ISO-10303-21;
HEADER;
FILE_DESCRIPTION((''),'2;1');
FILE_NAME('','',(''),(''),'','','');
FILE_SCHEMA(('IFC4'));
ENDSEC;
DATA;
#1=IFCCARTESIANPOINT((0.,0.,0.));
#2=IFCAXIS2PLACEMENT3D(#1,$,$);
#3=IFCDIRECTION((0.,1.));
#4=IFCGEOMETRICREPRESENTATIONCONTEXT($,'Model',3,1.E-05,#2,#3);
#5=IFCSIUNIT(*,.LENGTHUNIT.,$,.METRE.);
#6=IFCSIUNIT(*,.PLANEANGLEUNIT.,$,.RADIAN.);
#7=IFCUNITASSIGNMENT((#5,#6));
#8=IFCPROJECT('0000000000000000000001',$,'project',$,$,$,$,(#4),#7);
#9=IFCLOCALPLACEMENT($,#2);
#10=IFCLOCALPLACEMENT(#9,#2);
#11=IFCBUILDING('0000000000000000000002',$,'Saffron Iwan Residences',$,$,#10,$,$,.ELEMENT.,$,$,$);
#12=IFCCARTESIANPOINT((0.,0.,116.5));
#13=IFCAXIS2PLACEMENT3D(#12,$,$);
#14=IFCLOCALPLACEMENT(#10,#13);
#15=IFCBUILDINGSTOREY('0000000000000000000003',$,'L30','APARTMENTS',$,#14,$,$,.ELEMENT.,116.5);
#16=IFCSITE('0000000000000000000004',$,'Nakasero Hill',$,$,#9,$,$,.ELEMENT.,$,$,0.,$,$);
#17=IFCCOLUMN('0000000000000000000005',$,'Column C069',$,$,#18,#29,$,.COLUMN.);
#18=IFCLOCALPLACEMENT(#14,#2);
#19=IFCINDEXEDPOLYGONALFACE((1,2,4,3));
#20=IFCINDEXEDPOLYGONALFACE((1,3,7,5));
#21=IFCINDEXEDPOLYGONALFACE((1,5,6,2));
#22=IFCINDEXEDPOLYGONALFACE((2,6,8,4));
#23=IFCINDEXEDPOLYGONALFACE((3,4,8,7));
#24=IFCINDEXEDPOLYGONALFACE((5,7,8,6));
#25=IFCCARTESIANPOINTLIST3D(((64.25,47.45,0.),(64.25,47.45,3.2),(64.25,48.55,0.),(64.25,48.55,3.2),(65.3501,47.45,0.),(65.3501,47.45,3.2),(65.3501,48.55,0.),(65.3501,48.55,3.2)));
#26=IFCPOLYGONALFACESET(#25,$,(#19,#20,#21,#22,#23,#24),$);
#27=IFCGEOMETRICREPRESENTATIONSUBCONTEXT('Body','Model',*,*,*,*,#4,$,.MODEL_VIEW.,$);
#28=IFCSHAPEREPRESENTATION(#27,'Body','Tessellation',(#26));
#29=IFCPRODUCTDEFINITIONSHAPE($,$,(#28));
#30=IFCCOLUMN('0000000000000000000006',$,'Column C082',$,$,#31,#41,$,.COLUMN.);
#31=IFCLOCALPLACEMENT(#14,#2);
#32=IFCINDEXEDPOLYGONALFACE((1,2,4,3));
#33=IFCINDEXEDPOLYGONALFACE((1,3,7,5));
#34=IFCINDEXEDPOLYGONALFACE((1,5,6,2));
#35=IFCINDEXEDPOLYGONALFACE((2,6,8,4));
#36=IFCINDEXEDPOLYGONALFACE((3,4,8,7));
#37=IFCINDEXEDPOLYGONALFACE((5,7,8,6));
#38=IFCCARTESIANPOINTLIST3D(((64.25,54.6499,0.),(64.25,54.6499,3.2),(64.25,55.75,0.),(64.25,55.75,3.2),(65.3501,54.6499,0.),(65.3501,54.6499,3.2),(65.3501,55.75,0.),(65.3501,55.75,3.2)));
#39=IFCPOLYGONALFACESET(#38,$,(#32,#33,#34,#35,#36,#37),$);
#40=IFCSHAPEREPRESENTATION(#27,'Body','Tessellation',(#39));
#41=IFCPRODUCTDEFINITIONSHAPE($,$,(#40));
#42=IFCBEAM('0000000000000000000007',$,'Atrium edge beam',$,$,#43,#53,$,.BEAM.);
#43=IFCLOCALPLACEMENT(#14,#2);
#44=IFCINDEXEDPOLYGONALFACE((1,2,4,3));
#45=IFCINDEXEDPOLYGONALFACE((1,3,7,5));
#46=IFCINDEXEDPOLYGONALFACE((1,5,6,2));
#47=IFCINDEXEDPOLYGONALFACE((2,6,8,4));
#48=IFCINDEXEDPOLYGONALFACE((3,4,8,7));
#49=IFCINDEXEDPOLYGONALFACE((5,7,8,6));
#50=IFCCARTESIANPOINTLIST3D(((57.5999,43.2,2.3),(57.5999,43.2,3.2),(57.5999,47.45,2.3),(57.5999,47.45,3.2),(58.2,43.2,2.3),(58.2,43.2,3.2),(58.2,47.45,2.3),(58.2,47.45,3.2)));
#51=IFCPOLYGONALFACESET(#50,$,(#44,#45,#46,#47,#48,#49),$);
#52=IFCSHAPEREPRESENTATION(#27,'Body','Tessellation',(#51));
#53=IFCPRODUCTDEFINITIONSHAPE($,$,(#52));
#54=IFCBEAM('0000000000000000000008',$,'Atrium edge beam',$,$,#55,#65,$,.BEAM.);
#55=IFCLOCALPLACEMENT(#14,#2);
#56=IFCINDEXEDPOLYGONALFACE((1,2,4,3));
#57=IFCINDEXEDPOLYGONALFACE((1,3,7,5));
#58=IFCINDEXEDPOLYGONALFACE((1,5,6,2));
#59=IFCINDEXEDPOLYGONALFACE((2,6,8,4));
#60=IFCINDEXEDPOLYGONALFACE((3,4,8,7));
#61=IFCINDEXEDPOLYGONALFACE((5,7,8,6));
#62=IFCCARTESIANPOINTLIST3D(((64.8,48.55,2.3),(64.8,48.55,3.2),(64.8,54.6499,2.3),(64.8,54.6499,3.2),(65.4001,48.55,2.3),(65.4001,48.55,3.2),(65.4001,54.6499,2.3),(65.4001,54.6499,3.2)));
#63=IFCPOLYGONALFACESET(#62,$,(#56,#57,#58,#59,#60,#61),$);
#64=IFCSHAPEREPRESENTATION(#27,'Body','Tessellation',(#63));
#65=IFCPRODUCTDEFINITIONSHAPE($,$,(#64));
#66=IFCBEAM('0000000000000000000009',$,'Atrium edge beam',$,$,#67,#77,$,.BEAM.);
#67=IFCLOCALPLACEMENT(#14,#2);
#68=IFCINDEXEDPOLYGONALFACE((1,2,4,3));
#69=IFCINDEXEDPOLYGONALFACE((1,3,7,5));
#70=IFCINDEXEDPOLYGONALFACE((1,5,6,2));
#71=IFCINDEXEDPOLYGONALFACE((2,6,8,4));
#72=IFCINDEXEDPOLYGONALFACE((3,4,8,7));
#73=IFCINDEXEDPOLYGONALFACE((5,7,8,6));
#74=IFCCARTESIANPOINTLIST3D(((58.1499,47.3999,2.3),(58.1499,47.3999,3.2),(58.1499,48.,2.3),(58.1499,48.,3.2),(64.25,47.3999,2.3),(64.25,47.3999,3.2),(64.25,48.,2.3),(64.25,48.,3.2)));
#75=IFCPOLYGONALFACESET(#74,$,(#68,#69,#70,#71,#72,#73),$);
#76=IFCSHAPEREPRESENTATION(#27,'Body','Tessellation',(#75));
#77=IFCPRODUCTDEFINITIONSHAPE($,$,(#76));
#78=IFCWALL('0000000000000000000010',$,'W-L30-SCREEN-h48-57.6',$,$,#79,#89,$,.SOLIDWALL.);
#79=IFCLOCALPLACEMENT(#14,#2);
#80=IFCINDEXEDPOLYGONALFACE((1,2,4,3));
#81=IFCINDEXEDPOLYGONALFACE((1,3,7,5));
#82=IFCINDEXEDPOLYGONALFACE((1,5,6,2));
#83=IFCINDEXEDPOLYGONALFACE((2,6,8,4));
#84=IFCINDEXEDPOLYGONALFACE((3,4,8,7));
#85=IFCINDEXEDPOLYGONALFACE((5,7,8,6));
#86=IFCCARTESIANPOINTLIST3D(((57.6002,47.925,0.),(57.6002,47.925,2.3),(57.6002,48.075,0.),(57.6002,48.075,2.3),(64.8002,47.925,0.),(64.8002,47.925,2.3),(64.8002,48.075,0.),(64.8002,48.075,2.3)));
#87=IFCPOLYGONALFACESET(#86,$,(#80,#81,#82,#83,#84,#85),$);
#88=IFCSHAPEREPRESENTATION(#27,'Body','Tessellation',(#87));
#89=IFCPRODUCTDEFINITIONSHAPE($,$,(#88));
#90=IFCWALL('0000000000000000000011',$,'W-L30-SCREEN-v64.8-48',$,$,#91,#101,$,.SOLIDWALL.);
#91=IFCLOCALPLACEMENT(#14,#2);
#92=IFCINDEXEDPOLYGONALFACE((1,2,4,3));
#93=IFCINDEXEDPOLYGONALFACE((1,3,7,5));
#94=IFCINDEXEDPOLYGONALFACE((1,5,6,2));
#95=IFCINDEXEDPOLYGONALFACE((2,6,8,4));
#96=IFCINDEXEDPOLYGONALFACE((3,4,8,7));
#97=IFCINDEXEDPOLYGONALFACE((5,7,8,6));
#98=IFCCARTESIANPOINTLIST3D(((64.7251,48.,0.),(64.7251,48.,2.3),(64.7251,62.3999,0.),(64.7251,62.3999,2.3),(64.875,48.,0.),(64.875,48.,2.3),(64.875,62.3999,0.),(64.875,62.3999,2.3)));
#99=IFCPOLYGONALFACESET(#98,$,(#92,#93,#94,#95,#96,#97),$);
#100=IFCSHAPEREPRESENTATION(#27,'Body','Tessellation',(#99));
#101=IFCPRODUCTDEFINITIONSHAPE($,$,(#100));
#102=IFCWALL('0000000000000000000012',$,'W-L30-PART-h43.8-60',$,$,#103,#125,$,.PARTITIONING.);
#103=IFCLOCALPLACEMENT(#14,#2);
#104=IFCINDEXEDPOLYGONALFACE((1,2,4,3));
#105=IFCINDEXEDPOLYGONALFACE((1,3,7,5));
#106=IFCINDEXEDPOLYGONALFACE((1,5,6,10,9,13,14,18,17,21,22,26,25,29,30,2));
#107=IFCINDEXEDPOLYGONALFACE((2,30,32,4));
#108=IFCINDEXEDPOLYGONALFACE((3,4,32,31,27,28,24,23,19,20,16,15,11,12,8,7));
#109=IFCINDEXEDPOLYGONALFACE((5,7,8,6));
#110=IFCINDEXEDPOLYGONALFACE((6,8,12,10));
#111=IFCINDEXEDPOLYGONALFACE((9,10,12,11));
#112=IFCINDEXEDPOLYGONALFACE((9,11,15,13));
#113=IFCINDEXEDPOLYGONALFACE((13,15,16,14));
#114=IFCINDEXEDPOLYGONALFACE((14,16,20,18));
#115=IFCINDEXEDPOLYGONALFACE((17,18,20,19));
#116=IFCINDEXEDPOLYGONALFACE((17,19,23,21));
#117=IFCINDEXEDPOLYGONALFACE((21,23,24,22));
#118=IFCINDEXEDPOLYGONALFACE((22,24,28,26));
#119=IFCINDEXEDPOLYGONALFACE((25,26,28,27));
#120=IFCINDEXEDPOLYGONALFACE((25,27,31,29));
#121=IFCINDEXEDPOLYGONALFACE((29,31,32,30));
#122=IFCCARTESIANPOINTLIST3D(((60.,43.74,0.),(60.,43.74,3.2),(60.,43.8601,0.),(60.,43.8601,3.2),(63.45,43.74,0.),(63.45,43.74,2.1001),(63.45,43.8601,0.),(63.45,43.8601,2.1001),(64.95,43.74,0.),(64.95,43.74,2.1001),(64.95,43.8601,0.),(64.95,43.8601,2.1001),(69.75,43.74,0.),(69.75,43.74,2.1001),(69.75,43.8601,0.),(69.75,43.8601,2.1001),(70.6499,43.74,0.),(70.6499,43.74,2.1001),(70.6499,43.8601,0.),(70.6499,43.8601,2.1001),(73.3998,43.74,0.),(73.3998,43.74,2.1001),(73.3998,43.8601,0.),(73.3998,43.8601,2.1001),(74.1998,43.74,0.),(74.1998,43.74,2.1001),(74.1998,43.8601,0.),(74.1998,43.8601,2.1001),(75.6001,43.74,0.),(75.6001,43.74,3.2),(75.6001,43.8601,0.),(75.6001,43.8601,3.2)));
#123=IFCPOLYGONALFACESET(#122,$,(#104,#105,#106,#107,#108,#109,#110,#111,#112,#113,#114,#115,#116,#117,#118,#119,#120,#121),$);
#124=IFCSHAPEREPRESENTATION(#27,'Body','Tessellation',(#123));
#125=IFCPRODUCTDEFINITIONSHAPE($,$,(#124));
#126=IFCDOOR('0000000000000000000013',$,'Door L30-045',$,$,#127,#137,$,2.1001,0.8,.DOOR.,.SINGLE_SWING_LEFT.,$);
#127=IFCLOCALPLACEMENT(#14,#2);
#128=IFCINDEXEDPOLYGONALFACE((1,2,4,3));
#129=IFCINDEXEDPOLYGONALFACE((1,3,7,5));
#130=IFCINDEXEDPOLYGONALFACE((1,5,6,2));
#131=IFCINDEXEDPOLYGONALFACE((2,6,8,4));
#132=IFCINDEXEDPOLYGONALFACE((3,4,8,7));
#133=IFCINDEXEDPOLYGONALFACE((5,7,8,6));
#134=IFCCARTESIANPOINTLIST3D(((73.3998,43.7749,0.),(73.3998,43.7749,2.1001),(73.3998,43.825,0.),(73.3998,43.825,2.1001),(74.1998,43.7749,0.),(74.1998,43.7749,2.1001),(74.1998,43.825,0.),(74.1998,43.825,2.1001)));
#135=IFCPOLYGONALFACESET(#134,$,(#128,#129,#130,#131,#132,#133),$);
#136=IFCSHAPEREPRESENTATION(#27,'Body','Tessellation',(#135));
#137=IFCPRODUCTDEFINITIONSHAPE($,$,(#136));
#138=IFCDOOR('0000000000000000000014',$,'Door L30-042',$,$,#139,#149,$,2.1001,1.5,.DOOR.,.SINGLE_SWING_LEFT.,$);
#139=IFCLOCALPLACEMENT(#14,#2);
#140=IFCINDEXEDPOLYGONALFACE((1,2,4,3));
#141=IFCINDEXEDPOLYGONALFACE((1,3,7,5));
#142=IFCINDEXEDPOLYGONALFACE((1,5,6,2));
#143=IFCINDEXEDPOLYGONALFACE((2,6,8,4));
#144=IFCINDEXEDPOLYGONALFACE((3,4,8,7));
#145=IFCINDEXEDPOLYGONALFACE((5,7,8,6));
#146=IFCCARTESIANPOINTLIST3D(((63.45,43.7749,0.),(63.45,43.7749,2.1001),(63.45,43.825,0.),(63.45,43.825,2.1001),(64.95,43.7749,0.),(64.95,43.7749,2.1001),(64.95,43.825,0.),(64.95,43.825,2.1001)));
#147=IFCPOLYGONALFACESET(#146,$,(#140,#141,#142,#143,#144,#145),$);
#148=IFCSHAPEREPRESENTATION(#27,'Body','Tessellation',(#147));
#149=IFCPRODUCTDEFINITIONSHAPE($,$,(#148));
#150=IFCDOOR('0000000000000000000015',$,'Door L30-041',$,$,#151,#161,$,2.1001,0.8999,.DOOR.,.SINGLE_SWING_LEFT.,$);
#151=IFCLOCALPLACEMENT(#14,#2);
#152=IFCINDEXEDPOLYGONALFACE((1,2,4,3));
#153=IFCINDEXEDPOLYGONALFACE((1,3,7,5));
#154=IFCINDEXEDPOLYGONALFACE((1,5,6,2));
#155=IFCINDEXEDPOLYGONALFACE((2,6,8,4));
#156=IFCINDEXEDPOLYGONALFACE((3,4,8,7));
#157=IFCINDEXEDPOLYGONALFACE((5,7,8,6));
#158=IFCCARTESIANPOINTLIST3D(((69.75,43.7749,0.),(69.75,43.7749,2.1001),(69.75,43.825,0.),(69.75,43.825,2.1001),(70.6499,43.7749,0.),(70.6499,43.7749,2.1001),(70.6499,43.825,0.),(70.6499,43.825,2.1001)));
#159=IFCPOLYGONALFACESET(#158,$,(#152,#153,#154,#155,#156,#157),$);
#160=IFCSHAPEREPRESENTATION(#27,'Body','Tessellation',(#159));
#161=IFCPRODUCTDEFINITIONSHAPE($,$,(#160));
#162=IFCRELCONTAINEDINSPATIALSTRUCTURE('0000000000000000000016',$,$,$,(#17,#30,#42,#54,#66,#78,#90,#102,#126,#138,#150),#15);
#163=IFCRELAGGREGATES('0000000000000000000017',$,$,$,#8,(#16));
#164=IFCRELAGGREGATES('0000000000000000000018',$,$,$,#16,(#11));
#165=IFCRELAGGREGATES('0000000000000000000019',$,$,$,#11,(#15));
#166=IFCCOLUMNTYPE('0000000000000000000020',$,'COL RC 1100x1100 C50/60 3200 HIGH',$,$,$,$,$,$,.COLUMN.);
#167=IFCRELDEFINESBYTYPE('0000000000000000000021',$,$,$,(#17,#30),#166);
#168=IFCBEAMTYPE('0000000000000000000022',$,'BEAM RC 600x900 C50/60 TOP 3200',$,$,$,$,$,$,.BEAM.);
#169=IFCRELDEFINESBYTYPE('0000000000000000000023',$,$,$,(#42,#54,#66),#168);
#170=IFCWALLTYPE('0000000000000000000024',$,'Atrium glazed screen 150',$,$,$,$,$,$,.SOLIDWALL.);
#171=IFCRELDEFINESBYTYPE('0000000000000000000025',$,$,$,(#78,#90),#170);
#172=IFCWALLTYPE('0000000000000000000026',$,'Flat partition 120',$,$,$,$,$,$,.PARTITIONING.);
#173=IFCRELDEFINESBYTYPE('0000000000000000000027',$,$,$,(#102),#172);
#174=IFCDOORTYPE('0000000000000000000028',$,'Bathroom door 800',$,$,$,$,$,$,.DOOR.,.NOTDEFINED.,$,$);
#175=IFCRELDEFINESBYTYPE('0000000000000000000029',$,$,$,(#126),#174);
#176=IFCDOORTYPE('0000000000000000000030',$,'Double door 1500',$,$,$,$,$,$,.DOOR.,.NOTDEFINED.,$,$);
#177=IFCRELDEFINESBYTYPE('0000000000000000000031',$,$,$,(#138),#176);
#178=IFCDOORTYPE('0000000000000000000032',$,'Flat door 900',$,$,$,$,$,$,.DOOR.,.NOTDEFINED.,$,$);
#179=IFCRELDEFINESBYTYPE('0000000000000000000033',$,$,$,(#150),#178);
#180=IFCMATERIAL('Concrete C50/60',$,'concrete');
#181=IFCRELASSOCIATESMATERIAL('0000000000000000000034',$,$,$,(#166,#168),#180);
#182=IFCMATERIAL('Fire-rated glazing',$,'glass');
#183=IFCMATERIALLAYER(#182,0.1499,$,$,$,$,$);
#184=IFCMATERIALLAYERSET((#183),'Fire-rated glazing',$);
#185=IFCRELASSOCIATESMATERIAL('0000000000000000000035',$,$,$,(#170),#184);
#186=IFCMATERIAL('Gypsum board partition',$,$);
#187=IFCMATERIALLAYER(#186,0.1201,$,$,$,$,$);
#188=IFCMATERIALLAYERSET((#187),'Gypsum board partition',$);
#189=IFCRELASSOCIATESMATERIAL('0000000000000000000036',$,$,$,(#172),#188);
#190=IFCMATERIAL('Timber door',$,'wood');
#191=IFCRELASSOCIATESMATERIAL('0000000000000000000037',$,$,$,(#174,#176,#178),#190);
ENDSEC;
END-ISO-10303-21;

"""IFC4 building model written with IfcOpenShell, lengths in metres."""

from ifc_helpers import new_model, si_unit, direction, frame, frame_2d, origin, origin_2d, place, context, subcontext, project, spatial, rectangle, extrude, source, transform, mapped, material, layer, layer_set, material_profile, profile_set, type_object, element, fill, save


model = new_model("IFC4")

# Units and contexts
model_context = context("Model", 3, precision=1e-05, world=origin(), true_north=direction((0.0, 1.0)))
body_context = subcontext(model_context, "Body", "Model", "MODEL_VIEW")
ifc_project = project(units=[si_unit("LENGTHUNIT", "METRE"), si_unit("PLANEANGLEUNIT", "RADIAN")], contexts=[model_context])

# Site, building, storey
site_placement = place(None, origin())
site = spatial("IfcSite", under=ifc_project, at=site_placement, Name="Nakasero Hill", CompositionType="ELEMENT", RefElevation=0.0)
building_placement = place(site_placement, origin())
building = spatial("IfcBuilding", under=site, at=building_placement, Name="Saffron Iwan Residences", CompositionType="ELEMENT")
storey_placement = place(building_placement, frame((0.0, 0.0, 116.5)))
storey = spatial("IfcBuildingStorey", under=building, at=storey_placement, Name="L30", Description="APARTMENTS", CompositionType="ELEMENT", Elevation=116.5)

# Columns
ifc_material_1 = material(Name="Concrete C50/60", Category="concrete")
ifc_material_profile_1 = material_profile(ifc_material_1, rectangle(XDim=1.1001, YDim=1.1001, at=origin_2d()), Name="RC 1100x1100")
ifc_profile_set_1 = profile_set([ifc_material_profile_1], Name="Concrete C50/60")
column_type = type_object("IfcColumnType", Name="COL RC 1100x1100 C50/60 3200 HIGH", PredefinedType="COLUMN", material=ifc_profile_set_1)
shared_shape_1 = source(origin(), body_context, "Body", "SweptSolid", [
    extrude(rectangle(XDim=1.1001, YDim=1.1001, at=origin_2d()), origin(), (0.0, 0.0, 1.0), 3.2),
])
for number, where, z_axis, x_axis, name in (
    (1, (64.8, 48.0, 0.0), (0.0, 0.0, 1.0), (1.0, 0.0, 0.0), "Column C069"),
    (2, (64.8, 55.2, 0.0), (0.0, 0.0, 1.0), (1.0, 0.0, 0.0), "Column C082"),
):
    element("IfcColumn", number, at=place(storey_placement, frame(where, z_axis=z_axis, x_axis=x_axis)), inside=storey, type_object=column_type, Name=name, PredefinedType="COLUMN", context=body_context, shape_type="MappedRepresentation", body=[
        mapped(shared_shape_1, transform((0.0, 0.0, 0.0))),
    ])

# Beams
ifc_material_profile_2 = material_profile(ifc_material_1, rectangle(XDim=0.6001, YDim=0.8999, at=origin_2d()), Name="RC 600x900")
ifc_profile_set_2 = profile_set([ifc_material_profile_2], Name="Concrete C50/60")
beam_type = type_object("IfcBeamType", Name="BEAM RC 600x900 C50/60 TOP 3200", PredefinedType="BEAM", material=ifc_profile_set_2)
shared_shape_2 = source(origin(), body_context, "Body", "SweptSolid", [
    extrude(rectangle(XDim=0.6001, YDim=0.8999, at=origin_2d()), origin(), (0.0, 0.0, 1.0), 4.25),
])
beam_1_placement = place(storey_placement, frame((57.8999, 47.45, 2.75), z_axis=(0.0, -1.0, 0.0), x_axis=(1.0, 0.0, 0.0)))
element("IfcBeam", 3, at=beam_1_placement, inside=storey, type_object=beam_type, Name="Atrium edge beam", PredefinedType="BEAM", context=body_context, shape_type="MappedRepresentation", body=[
    mapped(shared_shape_2, transform((0.0, 0.0, 0.0))),
])
shared_shape_3 = source(origin(), body_context, "Body", "SweptSolid", [
    extrude(rectangle(XDim=0.6001, YDim=0.8999, at=origin_2d()), origin(), (0.0, 0.0, 1.0), 6.0999),
])
beam_2_placement = place(storey_placement, frame((65.1001, 54.6499, 2.75), z_axis=(0.0, -1.0, 0.0), x_axis=(1.0, 0.0, 0.0)))
element("IfcBeam", 4, at=beam_2_placement, inside=storey, type_object=beam_type, Name="Atrium edge beam", PredefinedType="BEAM", context=body_context, shape_type="MappedRepresentation", body=[
    mapped(shared_shape_3, transform((0.0, 0.0, 0.0))),
])
shared_shape_4 = source(origin(), body_context, "Body", "SweptSolid", [
    extrude(rectangle(XDim=0.6001, YDim=0.8999, at=origin_2d()), origin(), (0.0, 0.0, 1.0), 6.1001),
])
beam_3_placement = place(storey_placement, frame((64.25, 47.7, 2.75), z_axis=(-1.0, 0.0, 0.0), x_axis=(0.0, -1.0, 0.0)))
element("IfcBeam", 5, at=beam_3_placement, inside=storey, type_object=beam_type, Name="Atrium edge beam", PredefinedType="BEAM", context=body_context, shape_type="MappedRepresentation", body=[
    mapped(shared_shape_4, transform((0.0, 0.0, 0.0))),
])

# Walls
ifc_material_2 = material(Name="Fire-rated glazing", Category="glass")
ifc_layer_1 = layer(ifc_material_2, 0.1499)
ifc_layer_set_1 = layer_set([ifc_layer_1], Name="Fire-rated glazing")
wall_type_1 = type_object("IfcWallType", Name="Atrium glazed screen 150", PredefinedType="SOLIDWALL", material=ifc_layer_set_1)
wall_1_placement = place(storey_placement, frame((57.6001, 48.0, 0.0), z_axis=(0.0, 0.0, 1.0), x_axis=(1.0, 0.0, 0.0)))
element("IfcWall", 6, at=wall_1_placement, inside=storey, type_object=wall_type_1, Name="W-L30-SCREEN-h48-57.6", PredefinedType="SOLIDWALL", context=body_context, shape_type="SweptSolid", body=[
    extrude(rectangle(XDim=7.2, YDim=0.1499, at=frame_2d((3.6001, 0.0))), origin(), (0.0, 0.0, 1.0), 2.3),
])
wall_2_placement = place(storey_placement, frame((64.8, 48.0, 0.0), z_axis=(0.0, 0.0, 1.0), x_axis=(0.0, 1.0, 0.0)))
element("IfcWall", 7, at=wall_2_placement, inside=storey, type_object=wall_type_1, Name="W-L30-SCREEN-v64.8-48", PredefinedType="SOLIDWALL", context=body_context, shape_type="SweptSolid", body=[
    extrude(rectangle(XDim=14.3999, YDim=0.1499, at=frame_2d((7.2, 0.0))), origin(), (0.0, 0.0, 1.0), 2.3),
])

# Wall, openings, doors
ifc_material_3 = material(Name="Gypsum board partition")
ifc_layer_2 = layer(ifc_material_3, 0.1201)
ifc_layer_set_2 = layer_set([ifc_layer_2], Name="Gypsum board partition")
wall_type_2 = type_object("IfcWallType", Name="Flat partition 120", PredefinedType="PARTITIONING", material=ifc_layer_set_2)
wall_3_placement = place(storey_placement, frame((60.0, 43.8, 0.0), z_axis=(0.0, 0.0, 1.0), x_axis=(1.0, 0.0, 0.0)))
wall_3 = element("IfcWall", 8, at=wall_3_placement, inside=storey, type_object=wall_type_2, Name="W-L30-PART-h43.8-60", PredefinedType="PARTITIONING", context=body_context, shape_type="SweptSolid", body=[
    extrude(rectangle(XDim=15.6001, YDim=0.1201, at=frame_2d((7.8, 0.0))), origin(), (0.0, 0.0, 1.0), 3.2),
])
opening_1_placement = place(wall_3_placement, frame((9.75, 0.0, 0.0)))
opening_1 = element("IfcOpeningElement", 9, at=opening_1_placement, cuts=wall_3, PredefinedType="OPENING", context=body_context, shape_type="SweptSolid", body=[
    extrude(rectangle(XDim=0.8999, YDim=2.1001, at=frame_2d((0.45, 1.05))), frame((0.0, 0.0701, 0.0), z_axis=(0.0, -1.0, 0.0), x_axis=(1.0, 0.0, 0.0)), (0.0, 0.0, 1.0), 0.1401),
])
opening_2_placement = place(wall_3_placement, frame((3.45, 0.0, 0.0)))
opening_2 = element("IfcOpeningElement", 10, at=opening_2_placement, cuts=wall_3, PredefinedType="OPENING", context=body_context, shape_type="SweptSolid", body=[
    extrude(rectangle(XDim=1.5, YDim=2.1001, at=frame_2d((0.75, 1.05))), frame((0.0, 0.0701, 0.0), z_axis=(0.0, -1.0, 0.0), x_axis=(1.0, 0.0, 0.0)), (0.0, 0.0, 1.0), 0.1401),
])
opening_3_placement = place(wall_3_placement, frame((13.3999, 0.0, 0.0)))
opening_3 = element("IfcOpeningElement", 11, at=opening_3_placement, cuts=wall_3, PredefinedType="OPENING", context=body_context, shape_type="SweptSolid", body=[
    extrude(rectangle(XDim=0.8, YDim=2.1001, at=frame_2d((0.3999, 1.05))), frame((0.0, 0.0701, 0.0), z_axis=(0.0, -1.0, 0.0), x_axis=(1.0, 0.0, 0.0)), (0.0, 0.0, 1.0), 0.1401),
])
ifc_material_4 = material(Name="Timber door", Category="wood")
door_type_1 = type_object("IfcDoorType", Name="Bathroom door 800", OperationType="NOTDEFINED", PredefinedType="DOOR", material=ifc_material_4)
door_1_placement = place(opening_3_placement, origin())
door_1 = element("IfcDoor", 12, at=door_1_placement, inside=storey, type_object=door_type_1, Name="Door L30-045", OperationType="SINGLE_SWING_LEFT", OverallHeight=2.1001, OverallWidth=0.8, PredefinedType="DOOR", context=body_context, shape_type="SweptSolid", body=[
    extrude(rectangle(XDim=0.8, YDim=2.1001, at=frame_2d((0.3999, 1.05))), frame((0.0, 0.0249, 0.0), z_axis=(0.0, -1.0, 0.0), x_axis=(1.0, 0.0, 0.0)), (0.0, 0.0, 1.0), 0.05),
])
fill(opening_3, door_1)
door_type_2 = type_object("IfcDoorType", Name="Double door 1500", OperationType="NOTDEFINED", PredefinedType="DOOR", material=ifc_material_4)
door_2_placement = place(opening_2_placement, origin())
door_2 = element("IfcDoor", 13, at=door_2_placement, inside=storey, type_object=door_type_2, Name="Door L30-042", OperationType="SINGLE_SWING_LEFT", OverallHeight=2.1001, OverallWidth=1.5, PredefinedType="DOOR", context=body_context, shape_type="SweptSolid", body=[
    extrude(rectangle(XDim=1.5, YDim=2.1001, at=frame_2d((0.75, 1.05))), frame((0.0, 0.0249, 0.0), z_axis=(0.0, -1.0, 0.0), x_axis=(1.0, 0.0, 0.0)), (0.0, 0.0, 1.0), 0.05),
])
fill(opening_2, door_2)
door_type_3 = type_object("IfcDoorType", Name="Flat door 900", OperationType="NOTDEFINED", PredefinedType="DOOR", material=ifc_material_4)
door_3_placement = place(opening_1_placement, origin())
door_3 = element("IfcDoor", 14, at=door_3_placement, inside=storey, type_object=door_type_3, Name="Door L30-041", OperationType="SINGLE_SWING_LEFT", OverallHeight=2.1001, OverallWidth=0.8999, PredefinedType="DOOR", context=body_context, shape_type="SweptSolid", body=[
    extrude(rectangle(XDim=0.8999, YDim=2.1001, at=frame_2d((0.45, 1.05))), frame((0.0, 0.0249, 0.0), z_axis=(0.0, -1.0, 0.0), x_axis=(1.0, 0.0, 0.0)), (0.0, 0.0, 1.0), 0.05),
])
fill(opening_1, door_3)

save(model, "model.ifc")
